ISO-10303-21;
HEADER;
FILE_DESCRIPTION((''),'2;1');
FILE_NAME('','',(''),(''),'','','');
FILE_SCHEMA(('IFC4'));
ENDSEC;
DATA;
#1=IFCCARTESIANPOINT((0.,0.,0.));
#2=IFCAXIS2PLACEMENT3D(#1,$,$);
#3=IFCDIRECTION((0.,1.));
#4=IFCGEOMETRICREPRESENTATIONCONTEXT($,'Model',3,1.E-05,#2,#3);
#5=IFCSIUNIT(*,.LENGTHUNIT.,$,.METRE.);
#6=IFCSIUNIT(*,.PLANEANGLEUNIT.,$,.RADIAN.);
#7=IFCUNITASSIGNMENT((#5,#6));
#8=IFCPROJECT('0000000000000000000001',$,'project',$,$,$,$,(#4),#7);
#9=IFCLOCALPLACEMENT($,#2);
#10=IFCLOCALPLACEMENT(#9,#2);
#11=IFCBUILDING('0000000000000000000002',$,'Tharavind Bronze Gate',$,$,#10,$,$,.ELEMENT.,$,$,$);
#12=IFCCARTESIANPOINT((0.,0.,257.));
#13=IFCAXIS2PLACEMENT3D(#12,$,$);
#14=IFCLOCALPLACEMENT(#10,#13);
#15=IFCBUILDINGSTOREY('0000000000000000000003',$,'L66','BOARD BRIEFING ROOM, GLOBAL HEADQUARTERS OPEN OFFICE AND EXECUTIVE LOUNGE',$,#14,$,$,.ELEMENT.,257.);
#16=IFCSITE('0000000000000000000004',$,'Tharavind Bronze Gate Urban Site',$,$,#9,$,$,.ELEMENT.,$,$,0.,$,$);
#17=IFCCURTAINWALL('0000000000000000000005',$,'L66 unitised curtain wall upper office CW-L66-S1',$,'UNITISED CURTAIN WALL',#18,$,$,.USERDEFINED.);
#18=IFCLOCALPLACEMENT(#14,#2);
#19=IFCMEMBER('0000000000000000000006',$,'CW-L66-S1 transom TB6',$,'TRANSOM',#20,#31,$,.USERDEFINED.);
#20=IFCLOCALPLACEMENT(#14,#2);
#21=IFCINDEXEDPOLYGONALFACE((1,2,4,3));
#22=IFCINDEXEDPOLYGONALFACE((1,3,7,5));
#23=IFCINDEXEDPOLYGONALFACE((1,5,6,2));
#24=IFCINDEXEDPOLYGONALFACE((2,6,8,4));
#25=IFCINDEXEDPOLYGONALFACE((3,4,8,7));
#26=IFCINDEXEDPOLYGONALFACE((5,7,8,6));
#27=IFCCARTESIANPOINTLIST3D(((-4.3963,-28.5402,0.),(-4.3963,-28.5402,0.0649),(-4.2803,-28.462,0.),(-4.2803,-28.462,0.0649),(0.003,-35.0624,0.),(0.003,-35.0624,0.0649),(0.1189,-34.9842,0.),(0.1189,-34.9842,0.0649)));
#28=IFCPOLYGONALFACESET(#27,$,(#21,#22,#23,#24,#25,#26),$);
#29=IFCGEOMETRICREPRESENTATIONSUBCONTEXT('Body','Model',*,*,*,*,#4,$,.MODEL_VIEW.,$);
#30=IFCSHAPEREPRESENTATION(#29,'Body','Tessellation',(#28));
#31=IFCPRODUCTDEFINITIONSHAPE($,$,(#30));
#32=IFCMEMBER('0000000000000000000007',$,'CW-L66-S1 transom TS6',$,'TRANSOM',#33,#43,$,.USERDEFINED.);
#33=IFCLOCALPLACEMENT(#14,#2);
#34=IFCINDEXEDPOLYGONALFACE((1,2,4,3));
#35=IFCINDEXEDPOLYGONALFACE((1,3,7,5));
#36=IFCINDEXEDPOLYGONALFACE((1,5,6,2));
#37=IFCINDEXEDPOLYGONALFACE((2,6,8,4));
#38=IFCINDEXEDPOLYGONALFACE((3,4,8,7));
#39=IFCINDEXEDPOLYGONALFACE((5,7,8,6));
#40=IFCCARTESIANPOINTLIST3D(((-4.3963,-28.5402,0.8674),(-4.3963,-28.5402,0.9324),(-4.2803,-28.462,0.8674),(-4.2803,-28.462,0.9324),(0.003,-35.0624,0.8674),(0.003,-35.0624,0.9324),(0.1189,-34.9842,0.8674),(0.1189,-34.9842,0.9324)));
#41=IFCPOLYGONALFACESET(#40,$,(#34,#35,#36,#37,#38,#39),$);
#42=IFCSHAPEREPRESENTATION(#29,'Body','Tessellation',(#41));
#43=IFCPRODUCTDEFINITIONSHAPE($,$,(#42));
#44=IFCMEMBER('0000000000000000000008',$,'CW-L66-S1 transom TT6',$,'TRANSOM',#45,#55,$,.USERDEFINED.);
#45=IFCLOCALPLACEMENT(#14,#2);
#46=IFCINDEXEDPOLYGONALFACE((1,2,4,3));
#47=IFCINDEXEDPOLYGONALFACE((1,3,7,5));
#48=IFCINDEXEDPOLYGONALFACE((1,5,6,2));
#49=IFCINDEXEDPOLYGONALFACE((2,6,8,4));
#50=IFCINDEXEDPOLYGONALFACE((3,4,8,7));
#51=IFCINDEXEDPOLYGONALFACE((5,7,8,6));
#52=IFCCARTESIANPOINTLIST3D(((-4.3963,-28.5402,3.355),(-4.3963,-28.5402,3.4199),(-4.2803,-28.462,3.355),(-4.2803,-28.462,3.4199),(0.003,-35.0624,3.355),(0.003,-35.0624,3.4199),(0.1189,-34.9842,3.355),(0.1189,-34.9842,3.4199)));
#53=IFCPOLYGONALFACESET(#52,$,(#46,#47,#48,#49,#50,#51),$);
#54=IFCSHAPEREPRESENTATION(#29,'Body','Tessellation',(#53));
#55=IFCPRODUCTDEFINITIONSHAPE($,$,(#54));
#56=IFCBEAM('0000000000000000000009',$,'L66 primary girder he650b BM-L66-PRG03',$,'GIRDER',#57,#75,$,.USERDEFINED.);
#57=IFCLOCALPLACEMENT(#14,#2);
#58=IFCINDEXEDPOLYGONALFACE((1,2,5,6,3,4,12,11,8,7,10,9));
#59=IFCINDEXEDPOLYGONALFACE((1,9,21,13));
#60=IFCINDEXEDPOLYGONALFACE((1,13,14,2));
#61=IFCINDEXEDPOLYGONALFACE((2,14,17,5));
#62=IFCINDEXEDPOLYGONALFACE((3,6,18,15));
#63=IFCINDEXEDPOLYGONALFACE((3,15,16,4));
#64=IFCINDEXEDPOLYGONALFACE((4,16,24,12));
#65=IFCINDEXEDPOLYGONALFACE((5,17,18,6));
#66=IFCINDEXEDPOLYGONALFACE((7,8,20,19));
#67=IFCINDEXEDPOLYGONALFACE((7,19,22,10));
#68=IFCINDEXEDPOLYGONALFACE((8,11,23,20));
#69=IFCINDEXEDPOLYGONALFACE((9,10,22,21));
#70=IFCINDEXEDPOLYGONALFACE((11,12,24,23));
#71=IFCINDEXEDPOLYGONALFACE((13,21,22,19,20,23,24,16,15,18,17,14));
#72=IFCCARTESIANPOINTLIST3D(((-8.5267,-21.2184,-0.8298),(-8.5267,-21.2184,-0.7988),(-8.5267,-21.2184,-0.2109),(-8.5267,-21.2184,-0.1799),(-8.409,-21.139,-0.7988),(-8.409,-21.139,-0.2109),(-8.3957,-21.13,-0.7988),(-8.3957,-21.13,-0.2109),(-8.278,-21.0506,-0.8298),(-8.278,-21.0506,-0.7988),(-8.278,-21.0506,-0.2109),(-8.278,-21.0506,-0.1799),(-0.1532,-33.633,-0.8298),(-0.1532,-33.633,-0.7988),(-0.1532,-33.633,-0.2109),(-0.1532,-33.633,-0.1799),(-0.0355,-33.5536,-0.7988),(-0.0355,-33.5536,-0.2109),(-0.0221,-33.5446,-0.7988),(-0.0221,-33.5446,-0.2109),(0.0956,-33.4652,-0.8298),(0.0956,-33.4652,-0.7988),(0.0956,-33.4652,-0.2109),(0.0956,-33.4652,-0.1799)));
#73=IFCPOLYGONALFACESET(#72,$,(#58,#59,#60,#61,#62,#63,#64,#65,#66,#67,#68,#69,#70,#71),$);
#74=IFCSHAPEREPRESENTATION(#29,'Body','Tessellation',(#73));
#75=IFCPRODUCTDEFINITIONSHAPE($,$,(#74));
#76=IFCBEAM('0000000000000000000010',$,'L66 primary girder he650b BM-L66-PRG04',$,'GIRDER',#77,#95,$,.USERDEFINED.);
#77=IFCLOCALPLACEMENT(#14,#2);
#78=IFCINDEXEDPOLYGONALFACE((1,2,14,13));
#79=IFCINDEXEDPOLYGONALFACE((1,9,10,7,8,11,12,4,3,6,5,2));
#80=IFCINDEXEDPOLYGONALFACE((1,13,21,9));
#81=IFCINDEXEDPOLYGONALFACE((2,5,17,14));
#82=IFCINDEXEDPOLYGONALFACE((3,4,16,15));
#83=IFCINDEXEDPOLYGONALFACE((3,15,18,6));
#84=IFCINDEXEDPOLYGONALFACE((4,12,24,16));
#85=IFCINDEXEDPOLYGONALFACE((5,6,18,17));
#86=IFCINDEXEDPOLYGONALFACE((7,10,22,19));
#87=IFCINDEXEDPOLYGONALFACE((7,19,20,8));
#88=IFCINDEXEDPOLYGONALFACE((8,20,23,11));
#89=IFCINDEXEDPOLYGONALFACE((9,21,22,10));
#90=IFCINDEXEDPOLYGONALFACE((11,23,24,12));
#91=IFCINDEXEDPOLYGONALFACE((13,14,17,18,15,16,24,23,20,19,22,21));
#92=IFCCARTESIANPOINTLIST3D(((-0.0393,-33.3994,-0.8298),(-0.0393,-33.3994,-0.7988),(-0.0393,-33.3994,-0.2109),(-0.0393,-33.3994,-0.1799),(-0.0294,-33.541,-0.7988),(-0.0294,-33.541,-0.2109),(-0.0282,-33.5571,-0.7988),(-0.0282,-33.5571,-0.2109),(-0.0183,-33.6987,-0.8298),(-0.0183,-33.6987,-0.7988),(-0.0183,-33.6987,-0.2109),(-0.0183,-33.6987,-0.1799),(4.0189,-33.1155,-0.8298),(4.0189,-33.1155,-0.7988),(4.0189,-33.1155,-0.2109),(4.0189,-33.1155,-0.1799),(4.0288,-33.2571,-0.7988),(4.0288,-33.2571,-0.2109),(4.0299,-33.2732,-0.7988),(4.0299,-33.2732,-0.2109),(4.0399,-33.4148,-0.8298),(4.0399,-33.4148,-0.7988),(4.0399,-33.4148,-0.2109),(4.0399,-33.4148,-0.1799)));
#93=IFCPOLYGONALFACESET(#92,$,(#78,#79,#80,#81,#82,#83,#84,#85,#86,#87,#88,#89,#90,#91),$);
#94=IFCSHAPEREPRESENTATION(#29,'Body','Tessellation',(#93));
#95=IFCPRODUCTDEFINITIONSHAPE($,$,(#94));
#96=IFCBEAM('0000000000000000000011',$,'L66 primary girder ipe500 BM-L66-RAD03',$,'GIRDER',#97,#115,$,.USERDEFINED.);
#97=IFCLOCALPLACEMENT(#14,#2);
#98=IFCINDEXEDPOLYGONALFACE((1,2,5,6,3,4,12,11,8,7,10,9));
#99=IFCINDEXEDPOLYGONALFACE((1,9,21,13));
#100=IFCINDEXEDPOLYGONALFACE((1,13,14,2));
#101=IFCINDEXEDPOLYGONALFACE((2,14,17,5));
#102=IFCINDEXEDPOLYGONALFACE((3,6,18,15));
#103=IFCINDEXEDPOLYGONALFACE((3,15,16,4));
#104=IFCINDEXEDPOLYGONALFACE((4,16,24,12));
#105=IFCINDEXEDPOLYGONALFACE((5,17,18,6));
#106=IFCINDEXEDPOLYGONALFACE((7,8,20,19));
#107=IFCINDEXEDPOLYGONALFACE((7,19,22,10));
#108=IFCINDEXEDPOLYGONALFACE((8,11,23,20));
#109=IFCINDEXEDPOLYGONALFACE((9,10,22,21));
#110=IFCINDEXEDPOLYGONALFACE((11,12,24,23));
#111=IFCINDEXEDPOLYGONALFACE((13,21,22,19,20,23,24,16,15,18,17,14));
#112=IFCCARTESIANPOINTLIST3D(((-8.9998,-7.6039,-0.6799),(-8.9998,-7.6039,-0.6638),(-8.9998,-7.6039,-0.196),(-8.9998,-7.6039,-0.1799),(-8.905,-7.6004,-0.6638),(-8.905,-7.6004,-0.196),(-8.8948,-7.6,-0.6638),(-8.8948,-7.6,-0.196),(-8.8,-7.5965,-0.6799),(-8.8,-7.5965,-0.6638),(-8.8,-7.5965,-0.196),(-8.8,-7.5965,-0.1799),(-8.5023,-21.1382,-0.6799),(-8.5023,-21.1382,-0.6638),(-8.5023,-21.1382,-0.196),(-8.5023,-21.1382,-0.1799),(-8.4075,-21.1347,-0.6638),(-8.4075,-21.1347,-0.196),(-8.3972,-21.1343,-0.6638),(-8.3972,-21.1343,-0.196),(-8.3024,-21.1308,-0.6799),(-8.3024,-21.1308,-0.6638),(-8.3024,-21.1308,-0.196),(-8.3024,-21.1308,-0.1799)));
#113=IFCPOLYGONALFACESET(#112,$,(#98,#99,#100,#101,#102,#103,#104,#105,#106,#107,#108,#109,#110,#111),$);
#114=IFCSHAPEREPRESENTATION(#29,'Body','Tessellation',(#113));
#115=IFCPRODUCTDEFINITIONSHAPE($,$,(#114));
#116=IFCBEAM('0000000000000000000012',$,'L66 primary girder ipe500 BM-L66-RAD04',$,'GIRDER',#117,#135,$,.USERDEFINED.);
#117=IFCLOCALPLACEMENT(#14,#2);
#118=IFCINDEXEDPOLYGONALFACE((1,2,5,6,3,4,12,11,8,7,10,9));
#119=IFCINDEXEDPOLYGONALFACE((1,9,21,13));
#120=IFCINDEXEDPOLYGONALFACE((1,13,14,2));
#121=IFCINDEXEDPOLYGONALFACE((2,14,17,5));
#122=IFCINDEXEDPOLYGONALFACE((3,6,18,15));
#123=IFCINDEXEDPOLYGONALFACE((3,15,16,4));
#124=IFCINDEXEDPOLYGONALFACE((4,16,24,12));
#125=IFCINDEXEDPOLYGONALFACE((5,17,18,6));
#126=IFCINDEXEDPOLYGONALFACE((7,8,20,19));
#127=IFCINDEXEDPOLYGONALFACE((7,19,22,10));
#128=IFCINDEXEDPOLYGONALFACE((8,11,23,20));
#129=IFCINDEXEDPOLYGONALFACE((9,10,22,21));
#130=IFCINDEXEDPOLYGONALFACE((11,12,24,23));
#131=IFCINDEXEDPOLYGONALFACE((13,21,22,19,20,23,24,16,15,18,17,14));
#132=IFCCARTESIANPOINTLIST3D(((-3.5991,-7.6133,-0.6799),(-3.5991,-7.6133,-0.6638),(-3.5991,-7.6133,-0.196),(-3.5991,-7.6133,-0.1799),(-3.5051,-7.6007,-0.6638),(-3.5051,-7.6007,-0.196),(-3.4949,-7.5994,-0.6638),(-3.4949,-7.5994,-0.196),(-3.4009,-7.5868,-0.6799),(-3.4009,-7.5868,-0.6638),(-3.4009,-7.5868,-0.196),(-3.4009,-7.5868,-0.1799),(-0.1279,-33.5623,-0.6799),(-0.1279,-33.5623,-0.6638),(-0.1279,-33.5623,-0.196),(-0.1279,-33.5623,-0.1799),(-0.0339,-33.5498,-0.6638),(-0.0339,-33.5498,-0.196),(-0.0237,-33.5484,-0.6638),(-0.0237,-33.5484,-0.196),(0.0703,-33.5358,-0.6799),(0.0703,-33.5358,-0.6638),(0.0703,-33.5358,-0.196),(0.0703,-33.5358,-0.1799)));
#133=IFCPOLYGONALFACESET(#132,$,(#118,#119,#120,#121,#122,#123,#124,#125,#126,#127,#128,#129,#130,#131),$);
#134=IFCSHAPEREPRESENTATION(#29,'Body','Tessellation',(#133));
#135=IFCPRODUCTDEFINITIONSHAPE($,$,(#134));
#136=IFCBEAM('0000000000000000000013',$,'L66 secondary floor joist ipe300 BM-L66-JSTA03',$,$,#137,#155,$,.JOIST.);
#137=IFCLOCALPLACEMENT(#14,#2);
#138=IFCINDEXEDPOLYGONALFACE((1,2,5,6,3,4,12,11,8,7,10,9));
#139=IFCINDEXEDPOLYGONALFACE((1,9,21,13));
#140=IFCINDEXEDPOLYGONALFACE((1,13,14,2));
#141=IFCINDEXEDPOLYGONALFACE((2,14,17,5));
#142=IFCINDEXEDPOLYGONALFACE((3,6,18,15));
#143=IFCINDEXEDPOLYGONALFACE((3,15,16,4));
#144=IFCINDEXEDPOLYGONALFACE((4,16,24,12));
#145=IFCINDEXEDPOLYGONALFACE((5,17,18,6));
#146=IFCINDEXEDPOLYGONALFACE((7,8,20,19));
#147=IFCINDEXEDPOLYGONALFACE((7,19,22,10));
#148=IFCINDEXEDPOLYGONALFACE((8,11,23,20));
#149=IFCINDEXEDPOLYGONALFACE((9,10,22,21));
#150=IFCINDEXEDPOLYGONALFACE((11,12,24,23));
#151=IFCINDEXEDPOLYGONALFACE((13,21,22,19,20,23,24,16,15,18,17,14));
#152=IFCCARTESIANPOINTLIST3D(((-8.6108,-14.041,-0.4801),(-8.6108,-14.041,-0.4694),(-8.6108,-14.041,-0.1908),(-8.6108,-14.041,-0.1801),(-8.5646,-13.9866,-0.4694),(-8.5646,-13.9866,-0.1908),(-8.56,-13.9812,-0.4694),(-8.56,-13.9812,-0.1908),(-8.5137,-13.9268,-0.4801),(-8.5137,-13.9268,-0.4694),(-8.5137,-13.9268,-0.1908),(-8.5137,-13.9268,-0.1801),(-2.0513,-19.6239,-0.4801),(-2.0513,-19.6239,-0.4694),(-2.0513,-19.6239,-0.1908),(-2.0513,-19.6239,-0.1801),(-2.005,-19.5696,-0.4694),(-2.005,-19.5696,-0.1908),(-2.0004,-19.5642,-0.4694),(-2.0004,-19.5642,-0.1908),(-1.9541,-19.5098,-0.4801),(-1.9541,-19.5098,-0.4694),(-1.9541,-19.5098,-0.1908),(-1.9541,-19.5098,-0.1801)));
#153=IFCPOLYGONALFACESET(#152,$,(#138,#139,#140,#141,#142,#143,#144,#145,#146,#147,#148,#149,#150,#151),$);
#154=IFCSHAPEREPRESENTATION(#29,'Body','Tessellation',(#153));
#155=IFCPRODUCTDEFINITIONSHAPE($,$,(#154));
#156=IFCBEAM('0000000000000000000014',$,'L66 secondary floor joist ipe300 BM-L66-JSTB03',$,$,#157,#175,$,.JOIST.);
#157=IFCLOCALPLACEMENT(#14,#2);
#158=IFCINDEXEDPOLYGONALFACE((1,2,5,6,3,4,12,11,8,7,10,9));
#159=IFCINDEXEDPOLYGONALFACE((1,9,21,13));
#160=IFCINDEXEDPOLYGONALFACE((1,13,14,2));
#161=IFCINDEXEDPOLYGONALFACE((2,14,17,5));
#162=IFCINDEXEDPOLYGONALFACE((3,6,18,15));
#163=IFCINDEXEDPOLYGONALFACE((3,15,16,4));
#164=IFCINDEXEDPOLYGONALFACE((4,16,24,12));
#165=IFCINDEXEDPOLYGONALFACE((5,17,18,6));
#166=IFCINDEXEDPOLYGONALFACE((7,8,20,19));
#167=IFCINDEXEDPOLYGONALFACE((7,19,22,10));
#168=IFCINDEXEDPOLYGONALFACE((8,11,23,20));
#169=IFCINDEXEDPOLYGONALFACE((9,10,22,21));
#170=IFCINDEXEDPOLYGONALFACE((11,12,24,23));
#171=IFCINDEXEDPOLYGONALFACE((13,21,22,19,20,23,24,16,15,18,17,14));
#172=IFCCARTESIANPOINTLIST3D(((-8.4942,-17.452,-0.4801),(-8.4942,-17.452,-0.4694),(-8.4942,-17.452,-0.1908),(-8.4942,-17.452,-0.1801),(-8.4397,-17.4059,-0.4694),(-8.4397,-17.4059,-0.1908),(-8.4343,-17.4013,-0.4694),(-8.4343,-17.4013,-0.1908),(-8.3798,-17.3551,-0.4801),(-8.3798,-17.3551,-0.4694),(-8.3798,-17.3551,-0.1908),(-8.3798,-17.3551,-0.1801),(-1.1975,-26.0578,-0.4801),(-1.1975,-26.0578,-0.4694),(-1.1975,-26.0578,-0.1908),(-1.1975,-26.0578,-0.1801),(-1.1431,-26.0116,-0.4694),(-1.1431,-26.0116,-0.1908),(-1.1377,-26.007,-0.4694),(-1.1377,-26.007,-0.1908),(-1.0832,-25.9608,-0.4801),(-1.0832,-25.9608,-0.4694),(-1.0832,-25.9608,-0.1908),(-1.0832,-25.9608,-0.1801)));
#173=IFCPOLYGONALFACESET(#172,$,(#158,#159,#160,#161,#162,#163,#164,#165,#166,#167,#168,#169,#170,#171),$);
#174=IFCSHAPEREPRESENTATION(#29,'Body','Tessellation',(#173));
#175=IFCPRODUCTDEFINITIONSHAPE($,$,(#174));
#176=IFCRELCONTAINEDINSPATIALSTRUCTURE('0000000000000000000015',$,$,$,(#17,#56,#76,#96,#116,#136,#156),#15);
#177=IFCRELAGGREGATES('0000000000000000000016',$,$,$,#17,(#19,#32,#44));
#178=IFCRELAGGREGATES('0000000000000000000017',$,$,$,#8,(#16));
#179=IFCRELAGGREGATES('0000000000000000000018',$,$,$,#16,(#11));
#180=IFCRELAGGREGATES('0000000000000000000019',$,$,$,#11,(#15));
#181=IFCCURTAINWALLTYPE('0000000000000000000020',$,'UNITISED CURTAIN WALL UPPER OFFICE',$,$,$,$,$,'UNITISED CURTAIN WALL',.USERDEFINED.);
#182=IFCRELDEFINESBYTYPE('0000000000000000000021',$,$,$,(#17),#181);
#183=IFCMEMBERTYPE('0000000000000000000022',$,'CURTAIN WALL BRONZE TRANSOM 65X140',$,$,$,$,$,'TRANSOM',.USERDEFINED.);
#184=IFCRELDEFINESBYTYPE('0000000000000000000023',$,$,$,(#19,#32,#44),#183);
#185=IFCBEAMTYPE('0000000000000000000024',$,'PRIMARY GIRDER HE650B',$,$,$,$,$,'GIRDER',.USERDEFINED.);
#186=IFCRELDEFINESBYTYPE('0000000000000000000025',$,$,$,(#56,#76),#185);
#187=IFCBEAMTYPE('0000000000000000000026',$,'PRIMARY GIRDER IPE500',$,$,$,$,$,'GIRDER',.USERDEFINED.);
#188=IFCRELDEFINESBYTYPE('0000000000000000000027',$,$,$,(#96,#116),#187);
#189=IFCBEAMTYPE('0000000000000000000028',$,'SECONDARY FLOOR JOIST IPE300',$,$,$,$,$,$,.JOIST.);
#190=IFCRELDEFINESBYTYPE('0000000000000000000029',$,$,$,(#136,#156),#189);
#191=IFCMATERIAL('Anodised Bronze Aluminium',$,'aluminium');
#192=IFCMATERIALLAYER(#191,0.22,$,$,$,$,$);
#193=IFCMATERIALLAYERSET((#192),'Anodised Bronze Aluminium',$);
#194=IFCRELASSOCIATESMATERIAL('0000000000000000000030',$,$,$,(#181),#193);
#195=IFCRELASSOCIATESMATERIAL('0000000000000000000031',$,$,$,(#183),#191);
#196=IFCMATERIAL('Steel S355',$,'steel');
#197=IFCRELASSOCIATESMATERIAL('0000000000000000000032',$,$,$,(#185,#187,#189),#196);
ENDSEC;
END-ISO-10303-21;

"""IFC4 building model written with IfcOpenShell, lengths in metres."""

from ifc_helpers import new_model, si_unit, direction, frame, origin, origin_2d, place, context, subcontext, project, spatial, rectangle, i_section, extrude, material, layer, layer_set, material_profile, profile_set, type_object, element, aggregate, save


model = new_model("IFC4")

# Units and contexts
model_context = context("Model", 3, precision=1e-05, world=origin(), true_north=direction((0.0, 1.0)))
body_context = subcontext(model_context, "Body", "Model", "MODEL_VIEW")
ifc_project = project(units=[si_unit("LENGTHUNIT", "METRE"), si_unit("PLANEANGLEUNIT", "RADIAN")], contexts=[model_context])

# Site, building, storey
site_placement = place(None, origin())
site = spatial("IfcSite", under=ifc_project, at=site_placement, Name="Tharavind Bronze Gate Urban Site", CompositionType="ELEMENT", RefElevation=0.0)
building_placement = place(site_placement, origin())
building = spatial("IfcBuilding", under=site, at=building_placement, Name="Tharavind Bronze Gate", CompositionType="ELEMENT")
storey_placement = place(building_placement, frame((0.0, 0.0, 257.0)))
storey = spatial("IfcBuildingStorey", under=building, at=storey_placement, Name="L66", Description="BOARD BRIEFING ROOM, GLOBAL HEADQUARTERS OPEN OFFICE AND EXECUTIVE LOUNGE", CompositionType="ELEMENT", Elevation=257.0)

# Curtain wall, members
ifc_material_1 = material(Name="Anodised Bronze Aluminium", Category="aluminium")
ifc_layer_1 = layer(ifc_material_1, 0.22)
ifc_layer_set_1 = layer_set([ifc_layer_1], Name="Anodised Bronze Aluminium")
curtain_wall_type = type_object("IfcCurtainWallType", Name="UNITISED CURTAIN WALL UPPER OFFICE", ElementType="UNITISED CURTAIN WALL", PredefinedType="USERDEFINED", material=ifc_layer_set_1)
curtain_wall_placement = place(storey_placement, origin())
curtain_wall = element("IfcCurtainWall", 1, at=curtain_wall_placement, inside=storey, type_object=curtain_wall_type, Name="L66 unitised curtain wall upper office CW-L66-S1", ObjectType="UNITISED CURTAIN WALL", PredefinedType="USERDEFINED")
member_type_1 = type_object("IfcMemberType", Name="CURTAIN WALL BRONZE TRANSOM 65X140", ElementType="TRANSOM", PredefinedType="USERDEFINED", material=ifc_material_1)
member_1_placement = place(storey_placement, frame((-2.1387, -31.7622, 0.0), z_axis=(0.0, 0.0, 1.0), x_axis=(0.559191, -0.829039, 0.0)))
member_1 = element("IfcMember", 2, at=member_1_placement, type_object=member_type_1, Name="CW-L66-S1 transom TB6", ObjectType="TRANSOM", PredefinedType="USERDEFINED", context=body_context, shape_type="SweptSolid", body=[
    extrude(rectangle(XDim=7.8672, YDim=0.1399, at=origin_2d()), origin(), (0.0, 0.0, 1.0), 0.0649),
])
member_2_placement = place(storey_placement, frame((-2.1387, -31.7622, 0.8674), z_axis=(0.0, 0.0, 1.0), x_axis=(0.559191, -0.829039, 0.0)))
member_2 = element("IfcMember", 3, at=member_2_placement, type_object=member_type_1, Name="CW-L66-S1 transom TS6", ObjectType="TRANSOM", PredefinedType="USERDEFINED", context=body_context, shape_type="SweptSolid", body=[
    extrude(rectangle(XDim=7.8672, YDim=0.1399, at=origin_2d()), origin(), (0.0, 0.0, 1.0), 0.0649),
])
member_3_placement = place(storey_placement, frame((-2.1387, -31.7622, 3.355), z_axis=(0.0, 0.0, 1.0), x_axis=(0.559191, -0.829039, 0.0)))
member_3 = element("IfcMember", 4, at=member_3_placement, type_object=member_type_1, Name="CW-L66-S1 transom TT6", ObjectType="TRANSOM", PredefinedType="USERDEFINED", context=body_context, shape_type="SweptSolid", body=[
    extrude(rectangle(XDim=7.8672, YDim=0.1399, at=origin_2d()), origin(), (0.0, 0.0, 1.0), 0.0649),
])

# Beams
ifc_material_2 = material(Name="Steel S355", Category="steel")
ifc_material_profile_1 = material_profile(ifc_material_2, i_section(OverallWidth=0.3, OverallDepth=0.6499, WebThickness=0.0161, FlangeThickness=0.031, at=origin_2d()), Name="HE650B")
ifc_profile_set_1 = profile_set([ifc_material_profile_1], Name="Steel S355")
beam_type_1 = type_object("IfcBeamType", Name="PRIMARY GIRDER HE650B", ElementType="GIRDER", PredefinedType="USERDEFINED", material=ifc_profile_set_1)
beam_1_placement = place(storey_placement, frame((-8.4023, -21.1345, -0.5049), z_axis=(0.559184, -0.829043, 0.0), x_axis=(0.829043, 0.559184, 0.0)))
element("IfcBeam", 5, at=beam_1_placement, inside=storey, type_object=beam_type_1, Name="L66 primary girder he650b BM-L66-PRG03", ObjectType="GIRDER", PredefinedType="USERDEFINED", context=body_context, shape_type="SweptSolid", body=[
    extrude(i_section(OverallWidth=0.3, OverallDepth=0.6499, WebThickness=0.0161, FlangeThickness=0.031, at=origin_2d()), origin(), (0.0, 0.0, 1.0), 14.9746),
])
beam_2_placement = place(storey_placement, frame((-0.0288, -33.5491, -0.5049), z_axis=(0.997561, 0.069797, 0.0), x_axis=(-0.069797, 0.997561, 0.0)))
element("IfcBeam", 6, at=beam_2_placement, inside=storey, type_object=beam_type_1, Name="L66 primary girder he650b BM-L66-PRG04", ObjectType="GIRDER", PredefinedType="USERDEFINED", context=body_context, shape_type="SweptSolid", body=[
    extrude(i_section(OverallWidth=0.3, OverallDepth=0.6499, WebThickness=0.0161, FlangeThickness=0.031, at=origin_2d()), origin(), (0.0, 0.0, 1.0), 4.0681),
])
ifc_material_profile_2 = material_profile(ifc_material_2, i_section(OverallWidth=0.2, OverallDepth=0.5, WebThickness=0.0103, FlangeThickness=0.0161, at=origin_2d()), Name="IPE500")
ifc_profile_set_2 = profile_set([ifc_material_profile_2], Name="Steel S355")
beam_type_2 = type_object("IfcBeamType", Name="PRIMARY GIRDER IPE500", ElementType="GIRDER", PredefinedType="USERDEFINED", material=ifc_profile_set_2)
beam_3_placement = place(storey_placement, frame((-8.4023, -21.1345, -0.4299), z_axis=(-0.036738, 0.999325, 0.0), x_axis=(-0.999325, -0.036738, 0.0)))
element("IfcBeam", 7, at=beam_3_placement, inside=storey, type_object=beam_type_2, Name="L66 primary girder ipe500 BM-L66-RAD03", ObjectType="GIRDER", PredefinedType="USERDEFINED", context=body_context, shape_type="SweptSolid", body=[
    extrude(i_section(OverallWidth=0.2, OverallDepth=0.5, WebThickness=0.0103, FlangeThickness=0.0161, at=origin_2d()), origin(), (0.0, 0.0, 1.0), 13.5435),
])
beam_4_placement = place(storey_placement, frame((-0.0288, -33.5491, -0.4299), z_axis=(-0.132589, 0.991171, 0.0), x_axis=(-0.991171, -0.132589, 0.0)))
element("IfcBeam", 8, at=beam_4_placement, inside=storey, type_object=beam_type_2, Name="L66 primary girder ipe500 BM-L66-RAD04", ObjectType="GIRDER", PredefinedType="USERDEFINED", context=body_context, shape_type="SweptSolid", body=[
    extrude(i_section(OverallWidth=0.2, OverallDepth=0.5, WebThickness=0.0103, FlangeThickness=0.0161, at=origin_2d()), origin(), (0.0, 0.0, 1.0), 26.1802),
])
ifc_material_profile_3 = material_profile(ifc_material_2, i_section(OverallWidth=0.1499, OverallDepth=0.3, WebThickness=0.0071, FlangeThickness=0.0107, at=origin_2d()), Name="IPE300")
ifc_profile_set_3 = profile_set([ifc_material_profile_3], Name="Steel S355")
beam_type_3 = type_object("IfcBeamType", Name="SECONDARY FLOOR JOIST IPE300", PredefinedType="JOIST", material=ifc_profile_set_3)
beam_5_placement = place(storey_placement, frame((-8.5623, -13.9839, -0.3301), z_axis=(0.761517, -0.648145, 0.0), x_axis=(0.648145, 0.761517, 0.0)))
element("IfcBeam", 9, at=beam_5_placement, inside=storey, type_object=beam_type_3, Name="L66 secondary floor joist ipe300 BM-L66-JSTA03", PredefinedType="JOIST", context=body_context, shape_type="SweptSolid", body=[
    extrude(i_section(OverallWidth=0.1499, OverallDepth=0.3, WebThickness=0.0071, FlangeThickness=0.0107, at=origin_2d()), origin(), (0.0, 0.0, 1.0), 8.6138),
])
beam_6_placement = place(storey_placement, frame((-8.437, -17.4036, -0.3301), z_axis=(0.64671, -0.762736, 0.0), x_axis=(0.762736, 0.64671, 0.0)))
element("IfcBeam", 10, at=beam_6_placement, inside=storey, type_object=beam_type_3, Name="L66 secondary floor joist ipe300 BM-L66-JSTB03", PredefinedType="JOIST", context=body_context, shape_type="SweptSolid", body=[
    extrude(i_section(OverallWidth=0.1499, OverallDepth=0.3, WebThickness=0.0071, FlangeThickness=0.0107, at=origin_2d()), origin(), (0.0, 0.0, 1.0), 11.2827),
])

aggregate(curtain_wall, [member_1, member_2, member_3])

save(model, "model.ifc")
